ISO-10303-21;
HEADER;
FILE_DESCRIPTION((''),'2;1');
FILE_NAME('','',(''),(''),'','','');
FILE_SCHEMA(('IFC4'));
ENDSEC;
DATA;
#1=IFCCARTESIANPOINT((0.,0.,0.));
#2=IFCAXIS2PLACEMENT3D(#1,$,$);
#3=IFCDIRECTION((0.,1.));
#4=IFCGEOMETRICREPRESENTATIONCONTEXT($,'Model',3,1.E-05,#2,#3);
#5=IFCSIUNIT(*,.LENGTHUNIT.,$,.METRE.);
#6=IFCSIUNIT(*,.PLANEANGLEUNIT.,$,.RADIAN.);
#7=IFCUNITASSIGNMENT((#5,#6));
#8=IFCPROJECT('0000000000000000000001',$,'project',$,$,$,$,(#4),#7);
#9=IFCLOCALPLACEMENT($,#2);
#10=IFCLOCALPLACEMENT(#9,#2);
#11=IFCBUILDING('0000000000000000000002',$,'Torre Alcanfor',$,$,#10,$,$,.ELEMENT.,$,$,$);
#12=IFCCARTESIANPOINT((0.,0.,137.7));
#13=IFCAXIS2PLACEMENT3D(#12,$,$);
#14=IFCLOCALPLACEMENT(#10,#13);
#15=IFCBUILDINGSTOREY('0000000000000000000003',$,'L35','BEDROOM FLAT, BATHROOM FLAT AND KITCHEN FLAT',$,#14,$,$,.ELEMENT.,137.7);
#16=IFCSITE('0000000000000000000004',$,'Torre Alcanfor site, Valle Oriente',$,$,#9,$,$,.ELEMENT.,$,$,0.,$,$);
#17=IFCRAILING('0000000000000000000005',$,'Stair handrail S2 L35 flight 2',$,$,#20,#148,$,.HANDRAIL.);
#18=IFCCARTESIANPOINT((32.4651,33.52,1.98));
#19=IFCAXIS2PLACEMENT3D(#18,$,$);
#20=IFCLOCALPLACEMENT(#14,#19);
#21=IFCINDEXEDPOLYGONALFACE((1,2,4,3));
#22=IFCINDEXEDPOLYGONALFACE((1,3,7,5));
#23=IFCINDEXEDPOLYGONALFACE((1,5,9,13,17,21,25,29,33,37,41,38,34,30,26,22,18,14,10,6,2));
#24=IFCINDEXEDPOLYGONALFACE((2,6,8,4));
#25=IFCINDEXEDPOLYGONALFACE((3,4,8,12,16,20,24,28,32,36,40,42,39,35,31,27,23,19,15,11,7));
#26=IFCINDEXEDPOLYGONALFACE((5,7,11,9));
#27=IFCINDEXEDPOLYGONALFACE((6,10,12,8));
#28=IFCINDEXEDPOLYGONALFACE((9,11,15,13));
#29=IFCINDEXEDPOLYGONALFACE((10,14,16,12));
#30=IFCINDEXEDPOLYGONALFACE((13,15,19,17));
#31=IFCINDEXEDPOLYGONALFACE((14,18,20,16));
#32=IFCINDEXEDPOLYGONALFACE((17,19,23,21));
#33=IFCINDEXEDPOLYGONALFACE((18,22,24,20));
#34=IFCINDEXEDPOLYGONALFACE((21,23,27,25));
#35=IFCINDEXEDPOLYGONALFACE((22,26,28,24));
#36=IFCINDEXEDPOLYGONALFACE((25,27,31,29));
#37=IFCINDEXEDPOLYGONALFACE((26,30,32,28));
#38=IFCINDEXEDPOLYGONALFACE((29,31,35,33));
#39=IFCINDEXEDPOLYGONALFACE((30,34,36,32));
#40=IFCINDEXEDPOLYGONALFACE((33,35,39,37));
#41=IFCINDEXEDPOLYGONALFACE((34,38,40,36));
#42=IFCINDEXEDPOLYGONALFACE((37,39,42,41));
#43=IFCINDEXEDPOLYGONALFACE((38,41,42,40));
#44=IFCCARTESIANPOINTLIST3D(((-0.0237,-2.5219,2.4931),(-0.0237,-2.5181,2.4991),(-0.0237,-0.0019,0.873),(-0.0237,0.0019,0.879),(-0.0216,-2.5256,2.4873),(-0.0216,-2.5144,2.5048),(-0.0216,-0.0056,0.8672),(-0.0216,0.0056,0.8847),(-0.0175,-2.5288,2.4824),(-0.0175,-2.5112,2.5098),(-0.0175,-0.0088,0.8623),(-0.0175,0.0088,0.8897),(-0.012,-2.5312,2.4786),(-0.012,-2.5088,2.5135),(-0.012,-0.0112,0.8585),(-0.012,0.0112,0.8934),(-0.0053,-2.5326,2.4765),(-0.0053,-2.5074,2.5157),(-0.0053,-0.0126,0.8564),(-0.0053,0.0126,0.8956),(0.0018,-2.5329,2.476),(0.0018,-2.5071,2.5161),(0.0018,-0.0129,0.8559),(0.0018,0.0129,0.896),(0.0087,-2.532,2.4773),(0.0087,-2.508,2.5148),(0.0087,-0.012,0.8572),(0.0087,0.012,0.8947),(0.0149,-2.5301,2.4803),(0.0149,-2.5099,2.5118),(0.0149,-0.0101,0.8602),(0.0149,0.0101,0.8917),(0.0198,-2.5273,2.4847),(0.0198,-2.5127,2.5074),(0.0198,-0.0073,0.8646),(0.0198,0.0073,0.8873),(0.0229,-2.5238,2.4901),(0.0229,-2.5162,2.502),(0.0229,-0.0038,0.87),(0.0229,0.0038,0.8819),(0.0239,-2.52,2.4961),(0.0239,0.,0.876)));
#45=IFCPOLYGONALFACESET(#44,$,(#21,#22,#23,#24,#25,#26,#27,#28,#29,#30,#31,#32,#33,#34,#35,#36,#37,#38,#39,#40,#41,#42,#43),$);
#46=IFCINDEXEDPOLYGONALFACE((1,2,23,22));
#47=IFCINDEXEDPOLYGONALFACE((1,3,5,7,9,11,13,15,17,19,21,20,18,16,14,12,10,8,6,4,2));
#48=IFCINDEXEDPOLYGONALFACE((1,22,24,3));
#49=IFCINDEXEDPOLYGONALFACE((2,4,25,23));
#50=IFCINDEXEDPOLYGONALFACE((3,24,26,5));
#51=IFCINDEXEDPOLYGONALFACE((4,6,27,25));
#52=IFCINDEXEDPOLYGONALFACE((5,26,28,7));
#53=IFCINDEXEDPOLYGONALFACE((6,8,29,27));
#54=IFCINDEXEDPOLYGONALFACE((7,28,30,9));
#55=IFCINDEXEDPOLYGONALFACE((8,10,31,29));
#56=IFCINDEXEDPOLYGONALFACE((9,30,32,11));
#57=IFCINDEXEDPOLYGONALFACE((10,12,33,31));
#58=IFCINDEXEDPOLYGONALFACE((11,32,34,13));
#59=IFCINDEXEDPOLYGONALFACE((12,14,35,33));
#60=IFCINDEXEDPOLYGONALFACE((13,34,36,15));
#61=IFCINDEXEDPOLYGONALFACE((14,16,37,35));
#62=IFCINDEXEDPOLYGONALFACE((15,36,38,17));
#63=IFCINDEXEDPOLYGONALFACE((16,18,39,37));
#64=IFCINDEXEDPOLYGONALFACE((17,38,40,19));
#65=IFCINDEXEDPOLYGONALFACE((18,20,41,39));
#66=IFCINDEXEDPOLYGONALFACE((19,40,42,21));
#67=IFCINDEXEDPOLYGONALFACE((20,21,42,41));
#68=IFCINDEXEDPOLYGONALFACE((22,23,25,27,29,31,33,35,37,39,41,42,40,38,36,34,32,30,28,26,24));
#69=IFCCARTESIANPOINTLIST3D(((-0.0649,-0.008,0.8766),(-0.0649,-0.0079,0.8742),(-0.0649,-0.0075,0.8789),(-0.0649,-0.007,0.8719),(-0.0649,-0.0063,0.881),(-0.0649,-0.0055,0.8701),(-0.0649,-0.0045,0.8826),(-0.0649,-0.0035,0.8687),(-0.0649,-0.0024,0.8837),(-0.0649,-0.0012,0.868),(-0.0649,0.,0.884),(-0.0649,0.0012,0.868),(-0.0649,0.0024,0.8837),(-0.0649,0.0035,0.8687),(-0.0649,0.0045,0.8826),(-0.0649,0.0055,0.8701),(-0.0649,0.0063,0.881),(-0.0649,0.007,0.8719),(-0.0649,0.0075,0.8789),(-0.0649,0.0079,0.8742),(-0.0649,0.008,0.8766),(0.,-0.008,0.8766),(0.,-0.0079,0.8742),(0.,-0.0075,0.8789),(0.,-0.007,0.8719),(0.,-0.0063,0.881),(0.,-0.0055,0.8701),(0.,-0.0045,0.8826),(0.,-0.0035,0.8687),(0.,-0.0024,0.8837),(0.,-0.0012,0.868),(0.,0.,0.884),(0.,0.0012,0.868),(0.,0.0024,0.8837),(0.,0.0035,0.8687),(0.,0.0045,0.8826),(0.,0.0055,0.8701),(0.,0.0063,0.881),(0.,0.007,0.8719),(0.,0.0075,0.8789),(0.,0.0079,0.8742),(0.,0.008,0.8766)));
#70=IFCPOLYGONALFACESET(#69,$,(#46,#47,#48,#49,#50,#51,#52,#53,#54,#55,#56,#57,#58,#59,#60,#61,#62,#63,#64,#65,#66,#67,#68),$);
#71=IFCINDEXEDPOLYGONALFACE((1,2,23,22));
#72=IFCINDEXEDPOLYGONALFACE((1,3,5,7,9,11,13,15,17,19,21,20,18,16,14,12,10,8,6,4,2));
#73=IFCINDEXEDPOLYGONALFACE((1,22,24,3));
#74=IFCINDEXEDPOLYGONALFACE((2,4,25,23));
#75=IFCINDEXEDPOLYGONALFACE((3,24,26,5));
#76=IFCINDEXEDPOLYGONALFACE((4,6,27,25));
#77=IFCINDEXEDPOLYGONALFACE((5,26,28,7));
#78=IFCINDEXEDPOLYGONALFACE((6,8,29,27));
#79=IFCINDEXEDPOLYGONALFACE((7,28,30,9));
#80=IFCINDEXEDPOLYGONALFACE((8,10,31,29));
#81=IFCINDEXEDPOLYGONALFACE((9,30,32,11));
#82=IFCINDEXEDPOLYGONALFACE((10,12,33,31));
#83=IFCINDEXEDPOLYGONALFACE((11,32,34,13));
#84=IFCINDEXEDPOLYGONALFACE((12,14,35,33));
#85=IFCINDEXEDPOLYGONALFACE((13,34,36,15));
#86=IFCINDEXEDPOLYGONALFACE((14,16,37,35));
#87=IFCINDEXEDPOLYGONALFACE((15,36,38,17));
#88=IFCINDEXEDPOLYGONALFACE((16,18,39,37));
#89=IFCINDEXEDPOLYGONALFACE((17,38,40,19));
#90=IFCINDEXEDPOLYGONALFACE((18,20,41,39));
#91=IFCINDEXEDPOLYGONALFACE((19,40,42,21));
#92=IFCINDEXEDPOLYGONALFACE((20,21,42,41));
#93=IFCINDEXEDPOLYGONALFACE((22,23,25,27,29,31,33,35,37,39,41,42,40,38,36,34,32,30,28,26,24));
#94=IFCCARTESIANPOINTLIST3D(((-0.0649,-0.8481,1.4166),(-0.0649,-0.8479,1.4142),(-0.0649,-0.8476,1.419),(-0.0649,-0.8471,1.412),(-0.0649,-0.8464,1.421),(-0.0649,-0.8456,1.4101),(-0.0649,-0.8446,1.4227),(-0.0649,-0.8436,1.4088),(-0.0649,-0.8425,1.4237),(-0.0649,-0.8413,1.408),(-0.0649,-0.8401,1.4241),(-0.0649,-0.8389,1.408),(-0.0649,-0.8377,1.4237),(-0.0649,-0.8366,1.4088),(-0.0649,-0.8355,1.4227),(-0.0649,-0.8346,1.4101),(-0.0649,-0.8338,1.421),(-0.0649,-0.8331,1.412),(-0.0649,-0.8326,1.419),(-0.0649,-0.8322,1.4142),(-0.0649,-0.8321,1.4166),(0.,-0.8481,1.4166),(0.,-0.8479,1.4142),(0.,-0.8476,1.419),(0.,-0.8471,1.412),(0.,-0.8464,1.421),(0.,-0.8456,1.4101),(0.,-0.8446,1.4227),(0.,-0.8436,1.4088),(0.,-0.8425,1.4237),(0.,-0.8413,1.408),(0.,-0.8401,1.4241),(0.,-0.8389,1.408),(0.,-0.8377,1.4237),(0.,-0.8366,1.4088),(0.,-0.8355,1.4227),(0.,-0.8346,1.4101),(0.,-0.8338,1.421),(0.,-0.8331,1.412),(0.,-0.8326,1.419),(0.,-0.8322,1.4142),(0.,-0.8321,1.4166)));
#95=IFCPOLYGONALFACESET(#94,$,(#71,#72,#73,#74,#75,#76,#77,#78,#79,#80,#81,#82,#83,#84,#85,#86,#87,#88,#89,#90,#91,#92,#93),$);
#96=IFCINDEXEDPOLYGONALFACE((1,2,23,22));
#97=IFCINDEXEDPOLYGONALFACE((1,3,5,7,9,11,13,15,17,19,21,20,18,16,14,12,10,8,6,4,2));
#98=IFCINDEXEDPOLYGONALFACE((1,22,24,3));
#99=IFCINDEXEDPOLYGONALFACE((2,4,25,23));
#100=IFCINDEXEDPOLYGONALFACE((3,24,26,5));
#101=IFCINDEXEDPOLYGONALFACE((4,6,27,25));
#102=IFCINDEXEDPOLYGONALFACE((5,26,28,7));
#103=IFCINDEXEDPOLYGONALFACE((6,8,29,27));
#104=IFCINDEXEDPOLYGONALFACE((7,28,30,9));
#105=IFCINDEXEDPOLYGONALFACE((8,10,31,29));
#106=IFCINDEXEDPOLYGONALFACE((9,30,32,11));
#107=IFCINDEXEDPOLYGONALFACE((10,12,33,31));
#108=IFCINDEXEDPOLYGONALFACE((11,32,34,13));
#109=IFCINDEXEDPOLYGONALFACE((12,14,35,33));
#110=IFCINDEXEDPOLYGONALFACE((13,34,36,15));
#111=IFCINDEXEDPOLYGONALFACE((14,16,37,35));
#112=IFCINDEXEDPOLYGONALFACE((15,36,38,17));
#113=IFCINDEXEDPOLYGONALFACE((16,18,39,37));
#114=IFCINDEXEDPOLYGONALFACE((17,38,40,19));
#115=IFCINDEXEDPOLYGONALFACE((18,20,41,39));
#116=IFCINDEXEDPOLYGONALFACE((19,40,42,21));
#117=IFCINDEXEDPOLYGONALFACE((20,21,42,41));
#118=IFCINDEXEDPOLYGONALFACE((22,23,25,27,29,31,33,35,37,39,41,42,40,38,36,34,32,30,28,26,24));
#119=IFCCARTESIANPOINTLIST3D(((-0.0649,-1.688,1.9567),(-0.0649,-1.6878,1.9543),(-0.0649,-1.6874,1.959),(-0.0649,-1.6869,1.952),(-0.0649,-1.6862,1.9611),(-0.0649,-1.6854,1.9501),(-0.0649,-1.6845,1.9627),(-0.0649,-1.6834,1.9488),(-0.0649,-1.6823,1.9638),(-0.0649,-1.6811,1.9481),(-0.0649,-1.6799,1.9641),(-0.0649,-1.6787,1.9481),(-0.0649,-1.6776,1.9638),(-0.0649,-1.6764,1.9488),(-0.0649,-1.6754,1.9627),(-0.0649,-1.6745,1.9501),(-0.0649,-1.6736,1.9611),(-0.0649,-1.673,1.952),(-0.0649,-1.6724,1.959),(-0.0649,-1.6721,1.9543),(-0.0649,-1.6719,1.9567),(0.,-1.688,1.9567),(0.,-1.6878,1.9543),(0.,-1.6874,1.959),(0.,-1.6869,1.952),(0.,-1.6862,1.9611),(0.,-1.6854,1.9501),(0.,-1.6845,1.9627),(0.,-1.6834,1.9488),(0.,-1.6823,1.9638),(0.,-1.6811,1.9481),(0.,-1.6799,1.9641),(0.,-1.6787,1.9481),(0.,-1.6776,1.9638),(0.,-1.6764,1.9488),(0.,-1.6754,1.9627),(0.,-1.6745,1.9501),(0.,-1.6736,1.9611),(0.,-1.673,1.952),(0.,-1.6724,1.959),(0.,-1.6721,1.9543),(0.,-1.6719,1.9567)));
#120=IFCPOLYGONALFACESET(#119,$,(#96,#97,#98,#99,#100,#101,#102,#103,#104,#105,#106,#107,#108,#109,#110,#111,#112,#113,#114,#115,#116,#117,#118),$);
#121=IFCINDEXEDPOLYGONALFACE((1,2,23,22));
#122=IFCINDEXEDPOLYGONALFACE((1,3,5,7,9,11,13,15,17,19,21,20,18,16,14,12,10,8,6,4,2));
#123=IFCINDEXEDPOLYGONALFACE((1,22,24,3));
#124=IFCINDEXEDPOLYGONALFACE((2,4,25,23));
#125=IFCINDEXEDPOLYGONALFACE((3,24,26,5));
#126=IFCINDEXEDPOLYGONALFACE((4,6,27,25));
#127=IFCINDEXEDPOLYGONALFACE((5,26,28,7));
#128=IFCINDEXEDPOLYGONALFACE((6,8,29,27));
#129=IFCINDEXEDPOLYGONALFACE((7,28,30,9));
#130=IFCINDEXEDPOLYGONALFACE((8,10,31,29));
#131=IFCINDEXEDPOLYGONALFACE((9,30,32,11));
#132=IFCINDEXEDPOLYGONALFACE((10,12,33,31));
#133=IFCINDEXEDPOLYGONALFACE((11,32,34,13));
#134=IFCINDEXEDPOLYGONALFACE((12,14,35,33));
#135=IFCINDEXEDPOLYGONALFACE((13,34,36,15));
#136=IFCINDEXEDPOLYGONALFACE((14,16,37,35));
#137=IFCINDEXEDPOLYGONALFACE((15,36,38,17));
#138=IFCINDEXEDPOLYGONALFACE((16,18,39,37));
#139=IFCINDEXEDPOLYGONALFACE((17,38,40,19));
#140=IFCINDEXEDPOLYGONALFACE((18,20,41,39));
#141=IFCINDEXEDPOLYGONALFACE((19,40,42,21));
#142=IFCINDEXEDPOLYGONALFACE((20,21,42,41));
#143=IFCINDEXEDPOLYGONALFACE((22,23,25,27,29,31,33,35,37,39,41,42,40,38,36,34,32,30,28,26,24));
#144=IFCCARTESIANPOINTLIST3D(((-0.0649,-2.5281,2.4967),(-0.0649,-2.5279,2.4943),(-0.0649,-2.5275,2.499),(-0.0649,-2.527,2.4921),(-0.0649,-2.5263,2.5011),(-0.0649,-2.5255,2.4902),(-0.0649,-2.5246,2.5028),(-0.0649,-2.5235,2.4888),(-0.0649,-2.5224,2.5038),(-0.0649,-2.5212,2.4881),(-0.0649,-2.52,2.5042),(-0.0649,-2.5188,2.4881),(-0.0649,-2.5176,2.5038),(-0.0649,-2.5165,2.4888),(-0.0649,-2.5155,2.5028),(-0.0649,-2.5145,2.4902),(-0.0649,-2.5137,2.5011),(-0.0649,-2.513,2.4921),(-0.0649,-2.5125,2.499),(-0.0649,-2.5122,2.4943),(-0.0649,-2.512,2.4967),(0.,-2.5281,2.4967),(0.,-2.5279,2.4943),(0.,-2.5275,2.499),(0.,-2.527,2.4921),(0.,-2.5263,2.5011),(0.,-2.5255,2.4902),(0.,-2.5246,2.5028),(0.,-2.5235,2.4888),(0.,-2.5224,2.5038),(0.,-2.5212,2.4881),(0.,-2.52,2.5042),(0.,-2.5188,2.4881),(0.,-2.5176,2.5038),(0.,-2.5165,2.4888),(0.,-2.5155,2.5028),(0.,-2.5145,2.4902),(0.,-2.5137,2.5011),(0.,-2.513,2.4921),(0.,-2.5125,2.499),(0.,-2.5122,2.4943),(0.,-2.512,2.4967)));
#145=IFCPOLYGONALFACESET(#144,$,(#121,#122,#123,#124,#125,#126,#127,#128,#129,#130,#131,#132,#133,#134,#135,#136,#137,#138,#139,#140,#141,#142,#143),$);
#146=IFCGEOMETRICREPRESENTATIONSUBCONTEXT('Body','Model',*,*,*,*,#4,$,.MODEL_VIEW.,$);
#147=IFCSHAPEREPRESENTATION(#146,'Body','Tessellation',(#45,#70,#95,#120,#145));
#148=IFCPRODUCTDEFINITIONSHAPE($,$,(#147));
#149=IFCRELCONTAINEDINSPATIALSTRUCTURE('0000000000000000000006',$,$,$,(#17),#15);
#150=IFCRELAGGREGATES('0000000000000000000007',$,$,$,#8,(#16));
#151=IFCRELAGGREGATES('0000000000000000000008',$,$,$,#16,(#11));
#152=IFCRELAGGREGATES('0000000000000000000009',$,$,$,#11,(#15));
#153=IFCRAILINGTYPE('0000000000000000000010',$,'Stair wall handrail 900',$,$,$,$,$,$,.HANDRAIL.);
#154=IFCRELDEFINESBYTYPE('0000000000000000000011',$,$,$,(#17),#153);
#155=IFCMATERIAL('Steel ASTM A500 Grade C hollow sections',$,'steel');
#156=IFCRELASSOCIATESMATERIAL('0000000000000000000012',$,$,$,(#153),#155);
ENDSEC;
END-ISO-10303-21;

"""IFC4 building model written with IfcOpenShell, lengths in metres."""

from ifc_helpers import new_model, si_unit, direction, frame, origin, origin_2d, place, context, subcontext, project, spatial, circle, extrude, material, type_object, element, save


model = new_model("IFC4")

# Units and contexts
model_context = context("Model", 3, precision=1e-05, world=origin(), true_north=direction((0.0, 1.0)))
body_context = subcontext(model_context, "Body", "Model", "MODEL_VIEW")
ifc_project = project(units=[si_unit("LENGTHUNIT", "METRE"), si_unit("PLANEANGLEUNIT", "RADIAN")], contexts=[model_context])

# Site, building, storey
site_placement = place(None, origin())
site = spatial("IfcSite", under=ifc_project, at=site_placement, Name="Torre Alcanfor site, Valle Oriente", CompositionType="ELEMENT", RefElevation=0.0)
building_placement = place(site_placement, origin())
building = spatial("IfcBuilding", under=site, at=building_placement, Name="Torre Alcanfor", CompositionType="ELEMENT")
storey_placement = place(building_placement, frame((0.0, 0.0, 137.7)))
storey = spatial("IfcBuildingStorey", under=building, at=storey_placement, Name="L35", Description="BEDROOM FLAT, BATHROOM FLAT AND KITCHEN FLAT", CompositionType="ELEMENT", Elevation=137.7)

# Railing
ifc_material_1 = material(Name="Steel ASTM A500 Grade C hollow sections", Category="steel")
railing_type_1 = type_object("IfcRailingType", Name="Stair wall handrail 900", PredefinedType="HANDRAIL", material=ifc_material_1)
railing_1_placement = place(storey_placement, frame((32.4651, 33.52, 1.98)))
element("IfcRailing", 1, at=railing_1_placement, inside=storey, type_object=railing_type_1, Name="Stair handrail S2 L35 flight 2", PredefinedType="HANDRAIL", context=body_context, shape_type="SweptSolid", body=[
    extrude(circle(Radius=0.0239, at=origin_2d()), frame((0.0, 0.0, 0.876), z_axis=(0.0, -0.841163, 0.540782), x_axis=(1.0, 0.0, 0.0)), (0.0, 0.0, 1.0), 2.9958),
    extrude(circle(Radius=0.0081, at=origin_2d()), frame((0.0, 0.0, 0.876), z_axis=(-1.0, 0.0, 0.0), x_axis=(0.0, 0.0, 1.0)), (0.0, 0.0, 1.0), 0.0649),
    extrude(circle(Radius=0.0081, at=origin_2d()), frame((0.0, -0.8401, 1.416), z_axis=(-1.0, 0.0, 0.0), x_axis=(0.0, 0.0, 1.0)), (0.0, 0.0, 1.0), 0.0649),
    extrude(circle(Radius=0.0081, at=origin_2d()), frame((0.0, -1.6799, 1.9561), z_axis=(-1.0, 0.0, 0.0), x_axis=(0.0, 0.0, 1.0)), (0.0, 0.0, 1.0), 0.0649),
    extrude(circle(Radius=0.0081, at=origin_2d()), frame((0.0, -2.52, 2.4961), z_axis=(-1.0, 0.0, 0.0), x_axis=(0.0, 0.0, 1.0)), (0.0, 0.0, 1.0), 0.0649),
])

save(model, "model.ifc")
